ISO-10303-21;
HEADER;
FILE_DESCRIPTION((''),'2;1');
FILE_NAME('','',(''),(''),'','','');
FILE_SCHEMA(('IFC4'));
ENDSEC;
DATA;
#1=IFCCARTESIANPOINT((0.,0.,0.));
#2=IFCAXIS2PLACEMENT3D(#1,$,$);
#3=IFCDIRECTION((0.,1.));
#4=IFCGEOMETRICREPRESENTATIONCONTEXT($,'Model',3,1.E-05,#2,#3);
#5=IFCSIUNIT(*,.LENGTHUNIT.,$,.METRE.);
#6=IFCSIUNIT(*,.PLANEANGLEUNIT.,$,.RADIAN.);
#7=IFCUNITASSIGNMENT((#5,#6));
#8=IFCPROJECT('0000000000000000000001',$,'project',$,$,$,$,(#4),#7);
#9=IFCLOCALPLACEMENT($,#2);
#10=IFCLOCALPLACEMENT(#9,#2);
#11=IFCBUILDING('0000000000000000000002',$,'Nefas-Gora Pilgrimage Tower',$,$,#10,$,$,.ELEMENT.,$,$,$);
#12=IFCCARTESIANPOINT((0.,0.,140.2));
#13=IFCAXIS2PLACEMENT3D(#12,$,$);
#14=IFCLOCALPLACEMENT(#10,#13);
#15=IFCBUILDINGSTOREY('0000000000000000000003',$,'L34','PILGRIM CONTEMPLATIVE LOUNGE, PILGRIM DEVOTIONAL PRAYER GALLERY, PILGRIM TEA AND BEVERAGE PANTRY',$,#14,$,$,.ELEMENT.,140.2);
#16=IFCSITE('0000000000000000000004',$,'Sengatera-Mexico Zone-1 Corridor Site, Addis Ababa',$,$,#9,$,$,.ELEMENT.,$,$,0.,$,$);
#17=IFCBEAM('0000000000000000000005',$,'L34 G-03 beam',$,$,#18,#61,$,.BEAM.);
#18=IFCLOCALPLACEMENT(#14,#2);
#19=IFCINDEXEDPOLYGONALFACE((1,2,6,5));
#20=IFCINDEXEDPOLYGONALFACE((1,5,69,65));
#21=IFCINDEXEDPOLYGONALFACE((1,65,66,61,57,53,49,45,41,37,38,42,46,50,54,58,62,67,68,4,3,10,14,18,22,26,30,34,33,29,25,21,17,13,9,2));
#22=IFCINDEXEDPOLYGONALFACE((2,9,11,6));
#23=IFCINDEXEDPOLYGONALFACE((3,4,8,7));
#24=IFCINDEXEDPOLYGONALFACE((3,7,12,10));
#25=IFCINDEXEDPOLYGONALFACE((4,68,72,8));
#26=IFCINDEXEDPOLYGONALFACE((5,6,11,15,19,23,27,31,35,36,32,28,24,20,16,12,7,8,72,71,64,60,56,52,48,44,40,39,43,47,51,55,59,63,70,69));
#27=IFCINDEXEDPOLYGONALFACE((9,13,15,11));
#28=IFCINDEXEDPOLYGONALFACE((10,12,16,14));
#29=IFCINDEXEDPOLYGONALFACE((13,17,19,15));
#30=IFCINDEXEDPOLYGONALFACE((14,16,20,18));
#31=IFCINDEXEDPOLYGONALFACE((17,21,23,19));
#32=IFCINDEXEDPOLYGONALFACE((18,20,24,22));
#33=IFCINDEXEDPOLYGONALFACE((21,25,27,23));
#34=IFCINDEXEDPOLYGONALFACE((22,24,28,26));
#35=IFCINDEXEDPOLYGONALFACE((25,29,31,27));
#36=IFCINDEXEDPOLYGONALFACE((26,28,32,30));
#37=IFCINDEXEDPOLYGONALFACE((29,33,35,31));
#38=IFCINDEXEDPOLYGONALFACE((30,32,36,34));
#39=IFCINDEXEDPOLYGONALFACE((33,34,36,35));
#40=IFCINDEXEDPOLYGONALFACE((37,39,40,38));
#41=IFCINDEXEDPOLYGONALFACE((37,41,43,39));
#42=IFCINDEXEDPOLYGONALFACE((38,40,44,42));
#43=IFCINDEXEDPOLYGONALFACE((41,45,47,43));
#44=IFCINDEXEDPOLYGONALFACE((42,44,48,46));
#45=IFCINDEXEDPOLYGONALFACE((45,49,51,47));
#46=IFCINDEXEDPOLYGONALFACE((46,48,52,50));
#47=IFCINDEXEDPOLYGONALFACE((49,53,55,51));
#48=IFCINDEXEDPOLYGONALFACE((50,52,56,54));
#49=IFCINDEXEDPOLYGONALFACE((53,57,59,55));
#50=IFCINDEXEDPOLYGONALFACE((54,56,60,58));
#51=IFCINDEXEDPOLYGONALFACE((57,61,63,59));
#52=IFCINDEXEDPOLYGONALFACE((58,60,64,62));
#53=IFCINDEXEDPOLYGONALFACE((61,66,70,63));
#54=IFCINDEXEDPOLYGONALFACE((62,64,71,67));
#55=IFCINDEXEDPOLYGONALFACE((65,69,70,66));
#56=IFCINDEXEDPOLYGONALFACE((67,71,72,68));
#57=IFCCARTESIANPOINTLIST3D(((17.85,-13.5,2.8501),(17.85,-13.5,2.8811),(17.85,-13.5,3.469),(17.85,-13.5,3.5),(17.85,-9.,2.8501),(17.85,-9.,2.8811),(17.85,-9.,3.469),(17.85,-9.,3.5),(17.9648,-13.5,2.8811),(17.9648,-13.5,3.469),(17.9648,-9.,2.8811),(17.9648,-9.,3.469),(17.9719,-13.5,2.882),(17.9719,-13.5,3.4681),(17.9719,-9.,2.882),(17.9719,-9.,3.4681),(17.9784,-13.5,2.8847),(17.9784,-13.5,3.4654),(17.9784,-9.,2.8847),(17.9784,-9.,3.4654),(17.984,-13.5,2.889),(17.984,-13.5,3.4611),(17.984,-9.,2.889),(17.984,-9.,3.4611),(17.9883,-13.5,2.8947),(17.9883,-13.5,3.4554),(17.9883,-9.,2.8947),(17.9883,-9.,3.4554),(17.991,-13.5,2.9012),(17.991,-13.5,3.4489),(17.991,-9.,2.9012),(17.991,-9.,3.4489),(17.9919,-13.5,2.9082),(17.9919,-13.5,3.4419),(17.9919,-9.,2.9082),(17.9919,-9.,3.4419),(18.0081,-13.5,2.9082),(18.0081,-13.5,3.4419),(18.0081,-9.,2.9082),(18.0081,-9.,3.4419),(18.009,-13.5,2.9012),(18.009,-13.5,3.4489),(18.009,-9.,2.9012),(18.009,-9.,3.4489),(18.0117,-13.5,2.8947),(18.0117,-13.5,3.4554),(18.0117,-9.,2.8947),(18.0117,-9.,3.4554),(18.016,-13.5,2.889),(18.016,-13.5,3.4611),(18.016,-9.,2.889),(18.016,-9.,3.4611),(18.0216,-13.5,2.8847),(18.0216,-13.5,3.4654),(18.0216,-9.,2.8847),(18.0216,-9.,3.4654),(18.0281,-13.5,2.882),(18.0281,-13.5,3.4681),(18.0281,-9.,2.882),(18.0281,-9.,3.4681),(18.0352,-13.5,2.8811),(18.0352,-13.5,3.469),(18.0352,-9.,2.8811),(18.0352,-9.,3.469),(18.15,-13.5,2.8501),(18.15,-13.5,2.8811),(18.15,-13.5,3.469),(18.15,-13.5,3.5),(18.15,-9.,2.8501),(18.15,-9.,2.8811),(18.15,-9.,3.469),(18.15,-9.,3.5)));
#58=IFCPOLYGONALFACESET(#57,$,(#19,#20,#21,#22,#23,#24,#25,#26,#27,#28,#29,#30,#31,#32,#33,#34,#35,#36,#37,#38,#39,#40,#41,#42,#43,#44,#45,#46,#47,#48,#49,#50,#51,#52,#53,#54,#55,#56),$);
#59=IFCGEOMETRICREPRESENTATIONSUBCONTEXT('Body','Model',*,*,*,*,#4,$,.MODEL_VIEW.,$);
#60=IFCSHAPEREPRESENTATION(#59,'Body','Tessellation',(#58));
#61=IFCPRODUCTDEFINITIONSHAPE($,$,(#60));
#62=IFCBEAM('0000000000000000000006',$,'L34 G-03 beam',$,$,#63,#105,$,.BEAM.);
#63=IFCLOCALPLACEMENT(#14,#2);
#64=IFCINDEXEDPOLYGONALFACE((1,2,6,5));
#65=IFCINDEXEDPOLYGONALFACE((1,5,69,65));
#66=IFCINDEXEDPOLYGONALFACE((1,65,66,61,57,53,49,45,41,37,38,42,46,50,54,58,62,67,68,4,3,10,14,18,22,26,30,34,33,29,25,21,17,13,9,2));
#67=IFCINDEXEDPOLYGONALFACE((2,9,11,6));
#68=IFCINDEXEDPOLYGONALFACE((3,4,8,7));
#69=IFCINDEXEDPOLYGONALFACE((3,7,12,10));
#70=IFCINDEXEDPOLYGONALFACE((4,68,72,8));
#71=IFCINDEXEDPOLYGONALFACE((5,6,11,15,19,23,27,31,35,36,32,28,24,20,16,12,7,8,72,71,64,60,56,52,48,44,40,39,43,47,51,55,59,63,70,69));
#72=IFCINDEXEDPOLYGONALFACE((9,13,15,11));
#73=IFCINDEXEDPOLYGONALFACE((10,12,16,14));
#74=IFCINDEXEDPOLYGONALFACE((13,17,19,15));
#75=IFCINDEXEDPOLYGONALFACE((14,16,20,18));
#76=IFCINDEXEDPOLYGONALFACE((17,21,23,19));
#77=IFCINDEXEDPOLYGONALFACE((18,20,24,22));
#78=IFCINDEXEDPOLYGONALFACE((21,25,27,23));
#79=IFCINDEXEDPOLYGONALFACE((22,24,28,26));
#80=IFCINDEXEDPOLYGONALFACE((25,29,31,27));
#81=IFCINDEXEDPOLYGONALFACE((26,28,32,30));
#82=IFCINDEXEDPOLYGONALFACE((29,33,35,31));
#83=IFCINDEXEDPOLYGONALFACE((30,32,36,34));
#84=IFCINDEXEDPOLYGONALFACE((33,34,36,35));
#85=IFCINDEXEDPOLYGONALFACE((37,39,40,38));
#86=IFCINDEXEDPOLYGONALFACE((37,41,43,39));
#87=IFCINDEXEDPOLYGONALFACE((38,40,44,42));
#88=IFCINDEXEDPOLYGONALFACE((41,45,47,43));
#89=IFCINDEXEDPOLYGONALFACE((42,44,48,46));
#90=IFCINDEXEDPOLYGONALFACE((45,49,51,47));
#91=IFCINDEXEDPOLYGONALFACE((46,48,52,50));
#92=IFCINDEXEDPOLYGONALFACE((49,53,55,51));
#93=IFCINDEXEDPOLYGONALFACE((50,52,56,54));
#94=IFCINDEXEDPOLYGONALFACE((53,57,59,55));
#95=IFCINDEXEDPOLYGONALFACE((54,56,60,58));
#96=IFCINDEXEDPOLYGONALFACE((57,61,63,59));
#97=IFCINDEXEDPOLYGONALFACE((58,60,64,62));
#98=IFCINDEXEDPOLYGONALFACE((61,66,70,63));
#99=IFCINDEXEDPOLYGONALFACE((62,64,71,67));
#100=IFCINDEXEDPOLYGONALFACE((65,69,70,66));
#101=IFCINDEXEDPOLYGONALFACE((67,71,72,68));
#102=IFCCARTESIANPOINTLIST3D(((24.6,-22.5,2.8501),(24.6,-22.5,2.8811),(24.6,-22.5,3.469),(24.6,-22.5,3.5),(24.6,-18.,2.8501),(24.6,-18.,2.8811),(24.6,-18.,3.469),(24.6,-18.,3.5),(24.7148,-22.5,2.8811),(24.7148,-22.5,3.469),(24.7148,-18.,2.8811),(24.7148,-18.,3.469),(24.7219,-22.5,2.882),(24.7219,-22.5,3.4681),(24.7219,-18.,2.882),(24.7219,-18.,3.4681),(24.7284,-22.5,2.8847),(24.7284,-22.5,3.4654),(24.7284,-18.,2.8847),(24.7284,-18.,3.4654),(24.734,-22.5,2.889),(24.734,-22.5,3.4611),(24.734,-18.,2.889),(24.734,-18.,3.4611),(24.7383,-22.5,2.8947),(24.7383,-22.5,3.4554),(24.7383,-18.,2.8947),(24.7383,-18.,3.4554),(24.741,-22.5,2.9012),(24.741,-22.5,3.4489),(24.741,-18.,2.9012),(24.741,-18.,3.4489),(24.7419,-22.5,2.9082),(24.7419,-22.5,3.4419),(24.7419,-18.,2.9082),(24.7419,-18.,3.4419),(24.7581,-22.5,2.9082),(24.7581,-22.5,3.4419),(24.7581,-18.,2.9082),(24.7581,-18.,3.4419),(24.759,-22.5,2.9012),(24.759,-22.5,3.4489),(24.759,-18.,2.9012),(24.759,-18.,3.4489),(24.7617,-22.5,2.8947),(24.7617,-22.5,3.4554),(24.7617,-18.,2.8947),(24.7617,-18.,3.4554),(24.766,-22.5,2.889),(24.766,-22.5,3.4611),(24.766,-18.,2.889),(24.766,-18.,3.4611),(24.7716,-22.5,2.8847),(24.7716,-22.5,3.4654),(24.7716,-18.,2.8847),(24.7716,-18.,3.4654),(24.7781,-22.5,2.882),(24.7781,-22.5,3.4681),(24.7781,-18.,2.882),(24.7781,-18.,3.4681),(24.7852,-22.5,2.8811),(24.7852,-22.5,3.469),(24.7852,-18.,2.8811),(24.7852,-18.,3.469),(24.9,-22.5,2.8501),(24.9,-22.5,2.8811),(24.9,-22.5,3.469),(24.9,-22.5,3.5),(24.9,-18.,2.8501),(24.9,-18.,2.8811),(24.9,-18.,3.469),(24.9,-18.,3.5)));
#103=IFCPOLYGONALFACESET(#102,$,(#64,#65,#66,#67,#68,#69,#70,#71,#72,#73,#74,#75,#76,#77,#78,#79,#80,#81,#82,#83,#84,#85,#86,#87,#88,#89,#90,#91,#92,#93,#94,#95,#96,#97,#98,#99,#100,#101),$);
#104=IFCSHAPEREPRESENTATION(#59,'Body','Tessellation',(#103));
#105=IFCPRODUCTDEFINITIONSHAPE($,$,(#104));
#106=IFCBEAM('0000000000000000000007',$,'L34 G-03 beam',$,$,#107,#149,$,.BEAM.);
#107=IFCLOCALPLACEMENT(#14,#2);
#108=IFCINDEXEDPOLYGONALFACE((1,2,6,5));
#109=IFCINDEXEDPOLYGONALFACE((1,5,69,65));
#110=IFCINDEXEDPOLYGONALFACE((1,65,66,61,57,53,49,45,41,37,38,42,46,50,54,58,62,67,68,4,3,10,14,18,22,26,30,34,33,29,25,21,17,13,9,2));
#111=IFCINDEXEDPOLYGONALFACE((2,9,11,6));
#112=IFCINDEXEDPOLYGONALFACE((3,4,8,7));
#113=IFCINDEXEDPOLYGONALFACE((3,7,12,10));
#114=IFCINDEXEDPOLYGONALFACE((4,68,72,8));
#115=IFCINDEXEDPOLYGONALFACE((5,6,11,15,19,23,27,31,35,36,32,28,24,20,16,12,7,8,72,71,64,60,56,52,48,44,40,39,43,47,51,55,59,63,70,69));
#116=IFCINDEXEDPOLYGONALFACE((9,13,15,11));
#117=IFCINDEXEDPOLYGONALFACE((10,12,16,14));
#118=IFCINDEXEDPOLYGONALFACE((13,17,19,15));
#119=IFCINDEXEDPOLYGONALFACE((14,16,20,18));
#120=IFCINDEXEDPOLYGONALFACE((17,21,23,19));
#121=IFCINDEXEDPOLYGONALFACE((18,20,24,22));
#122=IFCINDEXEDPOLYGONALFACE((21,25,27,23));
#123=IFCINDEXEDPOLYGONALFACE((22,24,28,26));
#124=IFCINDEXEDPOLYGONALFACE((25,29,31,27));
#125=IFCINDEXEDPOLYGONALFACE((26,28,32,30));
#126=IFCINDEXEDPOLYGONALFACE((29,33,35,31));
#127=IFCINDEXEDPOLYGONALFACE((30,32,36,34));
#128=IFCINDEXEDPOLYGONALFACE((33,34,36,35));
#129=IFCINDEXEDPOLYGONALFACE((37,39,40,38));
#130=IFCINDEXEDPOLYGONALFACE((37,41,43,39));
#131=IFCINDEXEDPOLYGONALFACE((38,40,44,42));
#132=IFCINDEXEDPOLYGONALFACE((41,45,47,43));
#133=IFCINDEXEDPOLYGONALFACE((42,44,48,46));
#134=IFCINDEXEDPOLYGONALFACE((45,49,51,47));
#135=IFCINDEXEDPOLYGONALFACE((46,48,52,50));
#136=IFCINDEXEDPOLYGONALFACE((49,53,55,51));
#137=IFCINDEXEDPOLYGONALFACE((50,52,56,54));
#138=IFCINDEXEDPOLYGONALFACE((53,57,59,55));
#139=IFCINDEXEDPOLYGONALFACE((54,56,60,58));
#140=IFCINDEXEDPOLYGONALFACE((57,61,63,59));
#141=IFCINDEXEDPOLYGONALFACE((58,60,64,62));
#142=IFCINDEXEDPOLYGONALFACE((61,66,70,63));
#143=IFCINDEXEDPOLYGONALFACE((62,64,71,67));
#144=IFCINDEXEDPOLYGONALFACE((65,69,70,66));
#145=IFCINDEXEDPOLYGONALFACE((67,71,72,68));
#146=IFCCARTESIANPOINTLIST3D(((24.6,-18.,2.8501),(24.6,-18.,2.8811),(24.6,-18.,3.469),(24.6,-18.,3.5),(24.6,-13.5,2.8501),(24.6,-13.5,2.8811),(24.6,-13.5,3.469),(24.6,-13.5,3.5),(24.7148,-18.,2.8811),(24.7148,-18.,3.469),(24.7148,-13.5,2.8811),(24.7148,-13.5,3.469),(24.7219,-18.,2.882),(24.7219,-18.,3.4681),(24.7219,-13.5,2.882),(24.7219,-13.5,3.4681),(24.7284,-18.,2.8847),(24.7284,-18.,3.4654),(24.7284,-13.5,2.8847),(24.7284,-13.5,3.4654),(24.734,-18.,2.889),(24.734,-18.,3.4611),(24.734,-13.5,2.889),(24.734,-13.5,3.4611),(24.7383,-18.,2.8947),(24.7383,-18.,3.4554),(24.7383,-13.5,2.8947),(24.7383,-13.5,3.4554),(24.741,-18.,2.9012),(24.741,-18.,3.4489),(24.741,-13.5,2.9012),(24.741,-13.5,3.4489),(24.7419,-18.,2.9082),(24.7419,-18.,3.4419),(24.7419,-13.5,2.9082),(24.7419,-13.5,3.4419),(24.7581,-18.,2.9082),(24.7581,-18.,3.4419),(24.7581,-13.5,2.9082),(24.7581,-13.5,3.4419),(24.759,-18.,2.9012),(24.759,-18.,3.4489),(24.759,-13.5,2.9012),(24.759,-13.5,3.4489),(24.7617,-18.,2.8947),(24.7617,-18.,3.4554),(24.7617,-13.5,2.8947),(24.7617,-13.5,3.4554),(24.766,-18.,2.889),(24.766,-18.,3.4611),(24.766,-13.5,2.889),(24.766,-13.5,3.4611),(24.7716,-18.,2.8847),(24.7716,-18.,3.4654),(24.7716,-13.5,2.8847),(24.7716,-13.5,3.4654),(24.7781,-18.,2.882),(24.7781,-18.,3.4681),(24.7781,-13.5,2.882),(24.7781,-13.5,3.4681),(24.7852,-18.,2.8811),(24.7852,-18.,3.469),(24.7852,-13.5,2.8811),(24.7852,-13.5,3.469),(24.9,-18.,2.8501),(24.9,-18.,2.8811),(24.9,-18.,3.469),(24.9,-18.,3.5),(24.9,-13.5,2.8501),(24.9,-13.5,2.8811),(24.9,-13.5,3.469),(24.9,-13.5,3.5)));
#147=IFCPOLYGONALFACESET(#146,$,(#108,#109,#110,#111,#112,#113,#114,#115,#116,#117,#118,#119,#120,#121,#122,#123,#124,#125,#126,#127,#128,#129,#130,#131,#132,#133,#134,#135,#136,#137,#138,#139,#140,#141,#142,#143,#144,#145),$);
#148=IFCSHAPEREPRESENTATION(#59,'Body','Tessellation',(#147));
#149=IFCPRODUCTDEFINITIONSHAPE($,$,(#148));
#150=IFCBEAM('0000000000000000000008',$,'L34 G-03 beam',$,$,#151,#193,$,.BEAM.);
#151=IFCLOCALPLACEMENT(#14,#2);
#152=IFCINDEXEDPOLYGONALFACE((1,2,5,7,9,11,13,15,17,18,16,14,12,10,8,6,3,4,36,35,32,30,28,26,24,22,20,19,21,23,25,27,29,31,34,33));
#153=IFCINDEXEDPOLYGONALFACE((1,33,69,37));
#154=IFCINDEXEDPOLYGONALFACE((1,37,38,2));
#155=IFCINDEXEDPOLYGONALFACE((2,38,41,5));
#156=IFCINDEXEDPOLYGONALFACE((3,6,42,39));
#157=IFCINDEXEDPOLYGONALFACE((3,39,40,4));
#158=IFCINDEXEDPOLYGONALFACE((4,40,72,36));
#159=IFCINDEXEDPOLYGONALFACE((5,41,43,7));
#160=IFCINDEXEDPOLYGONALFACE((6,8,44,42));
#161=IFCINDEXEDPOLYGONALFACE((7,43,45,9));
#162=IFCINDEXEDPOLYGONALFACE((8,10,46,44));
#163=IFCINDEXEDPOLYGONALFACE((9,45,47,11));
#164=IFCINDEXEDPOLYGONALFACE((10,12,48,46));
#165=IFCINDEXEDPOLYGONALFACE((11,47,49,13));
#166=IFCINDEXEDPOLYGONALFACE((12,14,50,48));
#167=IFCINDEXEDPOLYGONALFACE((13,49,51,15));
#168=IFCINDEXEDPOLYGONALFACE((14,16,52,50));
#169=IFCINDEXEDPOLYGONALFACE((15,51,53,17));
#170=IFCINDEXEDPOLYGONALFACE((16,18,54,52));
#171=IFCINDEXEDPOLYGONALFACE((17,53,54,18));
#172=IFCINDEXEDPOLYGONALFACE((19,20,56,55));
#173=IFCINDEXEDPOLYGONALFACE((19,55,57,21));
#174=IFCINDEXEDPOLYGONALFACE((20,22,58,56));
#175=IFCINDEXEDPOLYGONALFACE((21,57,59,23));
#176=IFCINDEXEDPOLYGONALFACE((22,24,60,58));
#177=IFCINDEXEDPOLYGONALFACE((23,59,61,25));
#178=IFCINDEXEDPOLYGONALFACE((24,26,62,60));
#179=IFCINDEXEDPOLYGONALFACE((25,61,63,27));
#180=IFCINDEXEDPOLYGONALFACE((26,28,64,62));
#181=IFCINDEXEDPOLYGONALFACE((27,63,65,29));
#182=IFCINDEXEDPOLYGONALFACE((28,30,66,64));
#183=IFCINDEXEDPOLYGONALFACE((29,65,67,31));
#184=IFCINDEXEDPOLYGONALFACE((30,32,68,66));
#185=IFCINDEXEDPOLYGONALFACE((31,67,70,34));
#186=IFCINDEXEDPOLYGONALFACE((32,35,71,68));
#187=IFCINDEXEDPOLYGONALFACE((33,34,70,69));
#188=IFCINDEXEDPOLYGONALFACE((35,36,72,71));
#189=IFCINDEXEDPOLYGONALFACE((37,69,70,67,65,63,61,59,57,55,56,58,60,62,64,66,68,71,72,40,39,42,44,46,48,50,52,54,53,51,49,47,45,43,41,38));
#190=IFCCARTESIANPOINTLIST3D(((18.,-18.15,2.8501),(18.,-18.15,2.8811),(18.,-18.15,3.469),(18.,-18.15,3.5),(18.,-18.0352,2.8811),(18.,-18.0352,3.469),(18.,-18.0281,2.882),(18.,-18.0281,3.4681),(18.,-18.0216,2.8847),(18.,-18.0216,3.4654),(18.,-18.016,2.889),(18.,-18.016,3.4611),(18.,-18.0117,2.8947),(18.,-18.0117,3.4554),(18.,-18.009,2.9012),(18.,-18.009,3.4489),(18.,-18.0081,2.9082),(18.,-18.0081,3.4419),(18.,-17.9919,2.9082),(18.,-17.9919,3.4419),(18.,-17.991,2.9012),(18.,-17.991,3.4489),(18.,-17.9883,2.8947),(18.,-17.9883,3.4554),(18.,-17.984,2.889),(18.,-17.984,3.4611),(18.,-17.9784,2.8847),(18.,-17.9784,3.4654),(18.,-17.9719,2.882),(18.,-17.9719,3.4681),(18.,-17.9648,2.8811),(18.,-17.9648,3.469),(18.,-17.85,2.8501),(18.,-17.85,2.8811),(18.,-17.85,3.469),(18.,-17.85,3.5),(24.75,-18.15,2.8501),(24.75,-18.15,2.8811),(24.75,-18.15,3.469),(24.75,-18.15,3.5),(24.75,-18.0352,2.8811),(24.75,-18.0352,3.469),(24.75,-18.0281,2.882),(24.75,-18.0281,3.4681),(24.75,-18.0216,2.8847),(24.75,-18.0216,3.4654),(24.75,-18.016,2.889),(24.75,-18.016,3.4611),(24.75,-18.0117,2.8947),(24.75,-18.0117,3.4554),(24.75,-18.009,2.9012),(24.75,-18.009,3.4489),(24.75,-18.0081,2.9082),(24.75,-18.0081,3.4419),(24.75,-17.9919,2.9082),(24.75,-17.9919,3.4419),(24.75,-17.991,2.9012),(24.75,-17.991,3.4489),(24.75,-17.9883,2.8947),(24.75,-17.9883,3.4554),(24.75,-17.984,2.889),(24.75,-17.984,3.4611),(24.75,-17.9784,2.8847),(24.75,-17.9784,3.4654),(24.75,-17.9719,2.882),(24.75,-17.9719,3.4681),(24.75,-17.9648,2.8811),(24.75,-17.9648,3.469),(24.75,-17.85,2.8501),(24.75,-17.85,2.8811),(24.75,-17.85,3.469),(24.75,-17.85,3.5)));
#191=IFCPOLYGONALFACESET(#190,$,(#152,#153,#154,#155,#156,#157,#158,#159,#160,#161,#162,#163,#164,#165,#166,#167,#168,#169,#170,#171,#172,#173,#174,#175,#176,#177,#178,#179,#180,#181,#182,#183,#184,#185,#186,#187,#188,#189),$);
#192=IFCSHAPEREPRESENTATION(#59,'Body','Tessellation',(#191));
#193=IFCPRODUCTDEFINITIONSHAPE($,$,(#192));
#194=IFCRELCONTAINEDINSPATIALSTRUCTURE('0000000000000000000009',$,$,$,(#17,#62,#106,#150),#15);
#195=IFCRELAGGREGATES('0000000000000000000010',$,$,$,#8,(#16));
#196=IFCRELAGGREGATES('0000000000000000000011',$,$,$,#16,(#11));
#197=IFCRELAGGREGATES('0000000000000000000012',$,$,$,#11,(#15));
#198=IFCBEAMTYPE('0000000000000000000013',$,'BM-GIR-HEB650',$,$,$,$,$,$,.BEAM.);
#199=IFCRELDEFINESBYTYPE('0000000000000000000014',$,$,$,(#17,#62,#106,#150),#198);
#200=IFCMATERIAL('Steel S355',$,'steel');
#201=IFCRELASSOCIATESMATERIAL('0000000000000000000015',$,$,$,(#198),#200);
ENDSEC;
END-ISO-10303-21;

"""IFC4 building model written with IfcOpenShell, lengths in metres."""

from ifc_helpers import new_model, si_unit, direction, frame, origin, origin_2d, place, context, subcontext, project, spatial, i_section, extrude, source, transform, mapped, material, material_profile, profile_set, type_object, element, save


model = new_model("IFC4")

# Units and contexts
model_context = context("Model", 3, precision=1e-05, world=origin(), true_north=direction((0.0, 1.0)))
body_context = subcontext(model_context, "Body", "Model", "MODEL_VIEW")
ifc_project = project(units=[si_unit("LENGTHUNIT", "METRE"), si_unit("PLANEANGLEUNIT", "RADIAN")], contexts=[model_context])

# Site, building, storey
site_placement = place(None, origin())
site = spatial("IfcSite", under=ifc_project, at=site_placement, Name="Sengatera-Mexico Zone-1 Corridor Site, Addis Ababa", CompositionType="ELEMENT", RefElevation=0.0)
building_placement = place(site_placement, origin())
building = spatial("IfcBuilding", under=site, at=building_placement, Name="Nefas-Gora Pilgrimage Tower", CompositionType="ELEMENT")
storey_placement = place(building_placement, frame((0.0, 0.0, 140.2)))
storey = spatial("IfcBuildingStorey", under=building, at=storey_placement, Name="L34", Description="PILGRIM CONTEMPLATIVE LOUNGE, PILGRIM DEVOTIONAL PRAYER GALLERY, PILGRIM TEA AND BEVERAGE PANTRY", CompositionType="ELEMENT", Elevation=140.2)

# Beams
ifc_material_1 = material(Name="Steel S355", Category="steel")
ifc_material_profile_1 = material_profile(ifc_material_1, i_section(OverallWidth=0.3, OverallDepth=0.6499, WebThickness=0.0161, FlangeThickness=0.031, FilletRadius=0.0271, at=origin_2d()), Name="HEB 650")
ifc_profile_set_1 = profile_set([ifc_material_profile_1], Name="Steel S355")
beam_type_1 = type_object("IfcBeamType", Name="BM-GIR-HEB650", PredefinedType="BEAM", material=ifc_profile_set_1)
shared_shape_1 = source(origin(), body_context, "Body", "SweptSolid", [
    extrude(i_section(OverallWidth=0.3, OverallDepth=0.6499, WebThickness=0.0161, FlangeThickness=0.031, FilletRadius=0.0271, at=origin_2d()), origin(), (0.0, 0.0, 1.0), 4.5),
])
for number, where, z_axis, x_axis, name in (
    (1, (18.0, -13.5, 3.175), (0.0, 1.0, 0.0), (-1.0, 0.0, 0.0), "L34 G-03 beam"),
    (2, (24.75, -22.5, 3.175), (0.0, 1.0, 0.0), (-1.0, 0.0, 0.0), "L34 G-03 beam"),
    (3, (24.75, -18.0, 3.175), (0.0, 1.0, 0.0), (-1.0, 0.0, 0.0), "L34 G-03 beam"),
):
    element("IfcBeam", number, at=place(storey_placement, frame(where, z_axis=z_axis, x_axis=x_axis)), inside=storey, type_object=beam_type_1, Name=name, PredefinedType="BEAM", context=body_context, shape_type="MappedRepresentation", body=[
        mapped(shared_shape_1, transform((0.0, 0.0, 0.0), x_axis=(1.0, 0.0, 0.0), y_axis=(0.0, 1.0, 0.0), z_axis=(0.0, 0.0, 1.0), scale=1.0)),
    ])
shared_shape_2 = source(origin(), body_context, "Body", "SweptSolid", [
    extrude(i_section(OverallWidth=0.3, OverallDepth=0.6499, WebThickness=0.0161, FlangeThickness=0.031, FilletRadius=0.0271, at=origin_2d()), origin(), (0.0, 0.0, 1.0), 6.75),
])
for number, where, z_axis, x_axis, name in (
    (4, (18.0, -18.0, 3.175), (1.0, 0.0, 0.0), (0.0, 1.0, 0.0), "L34 G-03 beam"),
):
    element("IfcBeam", number, at=place(storey_placement, frame(where, z_axis=z_axis, x_axis=x_axis)), inside=storey, type_object=beam_type_1, Name=name, PredefinedType="BEAM", context=body_context, shape_type="MappedRepresentation", body=[
        mapped(shared_shape_2, transform((0.0, 0.0, 0.0), x_axis=(1.0, 0.0, 0.0), y_axis=(0.0, 1.0, 0.0), z_axis=(0.0, 0.0, 1.0), scale=1.0)),
    ])

save(model, "model.ifc")
